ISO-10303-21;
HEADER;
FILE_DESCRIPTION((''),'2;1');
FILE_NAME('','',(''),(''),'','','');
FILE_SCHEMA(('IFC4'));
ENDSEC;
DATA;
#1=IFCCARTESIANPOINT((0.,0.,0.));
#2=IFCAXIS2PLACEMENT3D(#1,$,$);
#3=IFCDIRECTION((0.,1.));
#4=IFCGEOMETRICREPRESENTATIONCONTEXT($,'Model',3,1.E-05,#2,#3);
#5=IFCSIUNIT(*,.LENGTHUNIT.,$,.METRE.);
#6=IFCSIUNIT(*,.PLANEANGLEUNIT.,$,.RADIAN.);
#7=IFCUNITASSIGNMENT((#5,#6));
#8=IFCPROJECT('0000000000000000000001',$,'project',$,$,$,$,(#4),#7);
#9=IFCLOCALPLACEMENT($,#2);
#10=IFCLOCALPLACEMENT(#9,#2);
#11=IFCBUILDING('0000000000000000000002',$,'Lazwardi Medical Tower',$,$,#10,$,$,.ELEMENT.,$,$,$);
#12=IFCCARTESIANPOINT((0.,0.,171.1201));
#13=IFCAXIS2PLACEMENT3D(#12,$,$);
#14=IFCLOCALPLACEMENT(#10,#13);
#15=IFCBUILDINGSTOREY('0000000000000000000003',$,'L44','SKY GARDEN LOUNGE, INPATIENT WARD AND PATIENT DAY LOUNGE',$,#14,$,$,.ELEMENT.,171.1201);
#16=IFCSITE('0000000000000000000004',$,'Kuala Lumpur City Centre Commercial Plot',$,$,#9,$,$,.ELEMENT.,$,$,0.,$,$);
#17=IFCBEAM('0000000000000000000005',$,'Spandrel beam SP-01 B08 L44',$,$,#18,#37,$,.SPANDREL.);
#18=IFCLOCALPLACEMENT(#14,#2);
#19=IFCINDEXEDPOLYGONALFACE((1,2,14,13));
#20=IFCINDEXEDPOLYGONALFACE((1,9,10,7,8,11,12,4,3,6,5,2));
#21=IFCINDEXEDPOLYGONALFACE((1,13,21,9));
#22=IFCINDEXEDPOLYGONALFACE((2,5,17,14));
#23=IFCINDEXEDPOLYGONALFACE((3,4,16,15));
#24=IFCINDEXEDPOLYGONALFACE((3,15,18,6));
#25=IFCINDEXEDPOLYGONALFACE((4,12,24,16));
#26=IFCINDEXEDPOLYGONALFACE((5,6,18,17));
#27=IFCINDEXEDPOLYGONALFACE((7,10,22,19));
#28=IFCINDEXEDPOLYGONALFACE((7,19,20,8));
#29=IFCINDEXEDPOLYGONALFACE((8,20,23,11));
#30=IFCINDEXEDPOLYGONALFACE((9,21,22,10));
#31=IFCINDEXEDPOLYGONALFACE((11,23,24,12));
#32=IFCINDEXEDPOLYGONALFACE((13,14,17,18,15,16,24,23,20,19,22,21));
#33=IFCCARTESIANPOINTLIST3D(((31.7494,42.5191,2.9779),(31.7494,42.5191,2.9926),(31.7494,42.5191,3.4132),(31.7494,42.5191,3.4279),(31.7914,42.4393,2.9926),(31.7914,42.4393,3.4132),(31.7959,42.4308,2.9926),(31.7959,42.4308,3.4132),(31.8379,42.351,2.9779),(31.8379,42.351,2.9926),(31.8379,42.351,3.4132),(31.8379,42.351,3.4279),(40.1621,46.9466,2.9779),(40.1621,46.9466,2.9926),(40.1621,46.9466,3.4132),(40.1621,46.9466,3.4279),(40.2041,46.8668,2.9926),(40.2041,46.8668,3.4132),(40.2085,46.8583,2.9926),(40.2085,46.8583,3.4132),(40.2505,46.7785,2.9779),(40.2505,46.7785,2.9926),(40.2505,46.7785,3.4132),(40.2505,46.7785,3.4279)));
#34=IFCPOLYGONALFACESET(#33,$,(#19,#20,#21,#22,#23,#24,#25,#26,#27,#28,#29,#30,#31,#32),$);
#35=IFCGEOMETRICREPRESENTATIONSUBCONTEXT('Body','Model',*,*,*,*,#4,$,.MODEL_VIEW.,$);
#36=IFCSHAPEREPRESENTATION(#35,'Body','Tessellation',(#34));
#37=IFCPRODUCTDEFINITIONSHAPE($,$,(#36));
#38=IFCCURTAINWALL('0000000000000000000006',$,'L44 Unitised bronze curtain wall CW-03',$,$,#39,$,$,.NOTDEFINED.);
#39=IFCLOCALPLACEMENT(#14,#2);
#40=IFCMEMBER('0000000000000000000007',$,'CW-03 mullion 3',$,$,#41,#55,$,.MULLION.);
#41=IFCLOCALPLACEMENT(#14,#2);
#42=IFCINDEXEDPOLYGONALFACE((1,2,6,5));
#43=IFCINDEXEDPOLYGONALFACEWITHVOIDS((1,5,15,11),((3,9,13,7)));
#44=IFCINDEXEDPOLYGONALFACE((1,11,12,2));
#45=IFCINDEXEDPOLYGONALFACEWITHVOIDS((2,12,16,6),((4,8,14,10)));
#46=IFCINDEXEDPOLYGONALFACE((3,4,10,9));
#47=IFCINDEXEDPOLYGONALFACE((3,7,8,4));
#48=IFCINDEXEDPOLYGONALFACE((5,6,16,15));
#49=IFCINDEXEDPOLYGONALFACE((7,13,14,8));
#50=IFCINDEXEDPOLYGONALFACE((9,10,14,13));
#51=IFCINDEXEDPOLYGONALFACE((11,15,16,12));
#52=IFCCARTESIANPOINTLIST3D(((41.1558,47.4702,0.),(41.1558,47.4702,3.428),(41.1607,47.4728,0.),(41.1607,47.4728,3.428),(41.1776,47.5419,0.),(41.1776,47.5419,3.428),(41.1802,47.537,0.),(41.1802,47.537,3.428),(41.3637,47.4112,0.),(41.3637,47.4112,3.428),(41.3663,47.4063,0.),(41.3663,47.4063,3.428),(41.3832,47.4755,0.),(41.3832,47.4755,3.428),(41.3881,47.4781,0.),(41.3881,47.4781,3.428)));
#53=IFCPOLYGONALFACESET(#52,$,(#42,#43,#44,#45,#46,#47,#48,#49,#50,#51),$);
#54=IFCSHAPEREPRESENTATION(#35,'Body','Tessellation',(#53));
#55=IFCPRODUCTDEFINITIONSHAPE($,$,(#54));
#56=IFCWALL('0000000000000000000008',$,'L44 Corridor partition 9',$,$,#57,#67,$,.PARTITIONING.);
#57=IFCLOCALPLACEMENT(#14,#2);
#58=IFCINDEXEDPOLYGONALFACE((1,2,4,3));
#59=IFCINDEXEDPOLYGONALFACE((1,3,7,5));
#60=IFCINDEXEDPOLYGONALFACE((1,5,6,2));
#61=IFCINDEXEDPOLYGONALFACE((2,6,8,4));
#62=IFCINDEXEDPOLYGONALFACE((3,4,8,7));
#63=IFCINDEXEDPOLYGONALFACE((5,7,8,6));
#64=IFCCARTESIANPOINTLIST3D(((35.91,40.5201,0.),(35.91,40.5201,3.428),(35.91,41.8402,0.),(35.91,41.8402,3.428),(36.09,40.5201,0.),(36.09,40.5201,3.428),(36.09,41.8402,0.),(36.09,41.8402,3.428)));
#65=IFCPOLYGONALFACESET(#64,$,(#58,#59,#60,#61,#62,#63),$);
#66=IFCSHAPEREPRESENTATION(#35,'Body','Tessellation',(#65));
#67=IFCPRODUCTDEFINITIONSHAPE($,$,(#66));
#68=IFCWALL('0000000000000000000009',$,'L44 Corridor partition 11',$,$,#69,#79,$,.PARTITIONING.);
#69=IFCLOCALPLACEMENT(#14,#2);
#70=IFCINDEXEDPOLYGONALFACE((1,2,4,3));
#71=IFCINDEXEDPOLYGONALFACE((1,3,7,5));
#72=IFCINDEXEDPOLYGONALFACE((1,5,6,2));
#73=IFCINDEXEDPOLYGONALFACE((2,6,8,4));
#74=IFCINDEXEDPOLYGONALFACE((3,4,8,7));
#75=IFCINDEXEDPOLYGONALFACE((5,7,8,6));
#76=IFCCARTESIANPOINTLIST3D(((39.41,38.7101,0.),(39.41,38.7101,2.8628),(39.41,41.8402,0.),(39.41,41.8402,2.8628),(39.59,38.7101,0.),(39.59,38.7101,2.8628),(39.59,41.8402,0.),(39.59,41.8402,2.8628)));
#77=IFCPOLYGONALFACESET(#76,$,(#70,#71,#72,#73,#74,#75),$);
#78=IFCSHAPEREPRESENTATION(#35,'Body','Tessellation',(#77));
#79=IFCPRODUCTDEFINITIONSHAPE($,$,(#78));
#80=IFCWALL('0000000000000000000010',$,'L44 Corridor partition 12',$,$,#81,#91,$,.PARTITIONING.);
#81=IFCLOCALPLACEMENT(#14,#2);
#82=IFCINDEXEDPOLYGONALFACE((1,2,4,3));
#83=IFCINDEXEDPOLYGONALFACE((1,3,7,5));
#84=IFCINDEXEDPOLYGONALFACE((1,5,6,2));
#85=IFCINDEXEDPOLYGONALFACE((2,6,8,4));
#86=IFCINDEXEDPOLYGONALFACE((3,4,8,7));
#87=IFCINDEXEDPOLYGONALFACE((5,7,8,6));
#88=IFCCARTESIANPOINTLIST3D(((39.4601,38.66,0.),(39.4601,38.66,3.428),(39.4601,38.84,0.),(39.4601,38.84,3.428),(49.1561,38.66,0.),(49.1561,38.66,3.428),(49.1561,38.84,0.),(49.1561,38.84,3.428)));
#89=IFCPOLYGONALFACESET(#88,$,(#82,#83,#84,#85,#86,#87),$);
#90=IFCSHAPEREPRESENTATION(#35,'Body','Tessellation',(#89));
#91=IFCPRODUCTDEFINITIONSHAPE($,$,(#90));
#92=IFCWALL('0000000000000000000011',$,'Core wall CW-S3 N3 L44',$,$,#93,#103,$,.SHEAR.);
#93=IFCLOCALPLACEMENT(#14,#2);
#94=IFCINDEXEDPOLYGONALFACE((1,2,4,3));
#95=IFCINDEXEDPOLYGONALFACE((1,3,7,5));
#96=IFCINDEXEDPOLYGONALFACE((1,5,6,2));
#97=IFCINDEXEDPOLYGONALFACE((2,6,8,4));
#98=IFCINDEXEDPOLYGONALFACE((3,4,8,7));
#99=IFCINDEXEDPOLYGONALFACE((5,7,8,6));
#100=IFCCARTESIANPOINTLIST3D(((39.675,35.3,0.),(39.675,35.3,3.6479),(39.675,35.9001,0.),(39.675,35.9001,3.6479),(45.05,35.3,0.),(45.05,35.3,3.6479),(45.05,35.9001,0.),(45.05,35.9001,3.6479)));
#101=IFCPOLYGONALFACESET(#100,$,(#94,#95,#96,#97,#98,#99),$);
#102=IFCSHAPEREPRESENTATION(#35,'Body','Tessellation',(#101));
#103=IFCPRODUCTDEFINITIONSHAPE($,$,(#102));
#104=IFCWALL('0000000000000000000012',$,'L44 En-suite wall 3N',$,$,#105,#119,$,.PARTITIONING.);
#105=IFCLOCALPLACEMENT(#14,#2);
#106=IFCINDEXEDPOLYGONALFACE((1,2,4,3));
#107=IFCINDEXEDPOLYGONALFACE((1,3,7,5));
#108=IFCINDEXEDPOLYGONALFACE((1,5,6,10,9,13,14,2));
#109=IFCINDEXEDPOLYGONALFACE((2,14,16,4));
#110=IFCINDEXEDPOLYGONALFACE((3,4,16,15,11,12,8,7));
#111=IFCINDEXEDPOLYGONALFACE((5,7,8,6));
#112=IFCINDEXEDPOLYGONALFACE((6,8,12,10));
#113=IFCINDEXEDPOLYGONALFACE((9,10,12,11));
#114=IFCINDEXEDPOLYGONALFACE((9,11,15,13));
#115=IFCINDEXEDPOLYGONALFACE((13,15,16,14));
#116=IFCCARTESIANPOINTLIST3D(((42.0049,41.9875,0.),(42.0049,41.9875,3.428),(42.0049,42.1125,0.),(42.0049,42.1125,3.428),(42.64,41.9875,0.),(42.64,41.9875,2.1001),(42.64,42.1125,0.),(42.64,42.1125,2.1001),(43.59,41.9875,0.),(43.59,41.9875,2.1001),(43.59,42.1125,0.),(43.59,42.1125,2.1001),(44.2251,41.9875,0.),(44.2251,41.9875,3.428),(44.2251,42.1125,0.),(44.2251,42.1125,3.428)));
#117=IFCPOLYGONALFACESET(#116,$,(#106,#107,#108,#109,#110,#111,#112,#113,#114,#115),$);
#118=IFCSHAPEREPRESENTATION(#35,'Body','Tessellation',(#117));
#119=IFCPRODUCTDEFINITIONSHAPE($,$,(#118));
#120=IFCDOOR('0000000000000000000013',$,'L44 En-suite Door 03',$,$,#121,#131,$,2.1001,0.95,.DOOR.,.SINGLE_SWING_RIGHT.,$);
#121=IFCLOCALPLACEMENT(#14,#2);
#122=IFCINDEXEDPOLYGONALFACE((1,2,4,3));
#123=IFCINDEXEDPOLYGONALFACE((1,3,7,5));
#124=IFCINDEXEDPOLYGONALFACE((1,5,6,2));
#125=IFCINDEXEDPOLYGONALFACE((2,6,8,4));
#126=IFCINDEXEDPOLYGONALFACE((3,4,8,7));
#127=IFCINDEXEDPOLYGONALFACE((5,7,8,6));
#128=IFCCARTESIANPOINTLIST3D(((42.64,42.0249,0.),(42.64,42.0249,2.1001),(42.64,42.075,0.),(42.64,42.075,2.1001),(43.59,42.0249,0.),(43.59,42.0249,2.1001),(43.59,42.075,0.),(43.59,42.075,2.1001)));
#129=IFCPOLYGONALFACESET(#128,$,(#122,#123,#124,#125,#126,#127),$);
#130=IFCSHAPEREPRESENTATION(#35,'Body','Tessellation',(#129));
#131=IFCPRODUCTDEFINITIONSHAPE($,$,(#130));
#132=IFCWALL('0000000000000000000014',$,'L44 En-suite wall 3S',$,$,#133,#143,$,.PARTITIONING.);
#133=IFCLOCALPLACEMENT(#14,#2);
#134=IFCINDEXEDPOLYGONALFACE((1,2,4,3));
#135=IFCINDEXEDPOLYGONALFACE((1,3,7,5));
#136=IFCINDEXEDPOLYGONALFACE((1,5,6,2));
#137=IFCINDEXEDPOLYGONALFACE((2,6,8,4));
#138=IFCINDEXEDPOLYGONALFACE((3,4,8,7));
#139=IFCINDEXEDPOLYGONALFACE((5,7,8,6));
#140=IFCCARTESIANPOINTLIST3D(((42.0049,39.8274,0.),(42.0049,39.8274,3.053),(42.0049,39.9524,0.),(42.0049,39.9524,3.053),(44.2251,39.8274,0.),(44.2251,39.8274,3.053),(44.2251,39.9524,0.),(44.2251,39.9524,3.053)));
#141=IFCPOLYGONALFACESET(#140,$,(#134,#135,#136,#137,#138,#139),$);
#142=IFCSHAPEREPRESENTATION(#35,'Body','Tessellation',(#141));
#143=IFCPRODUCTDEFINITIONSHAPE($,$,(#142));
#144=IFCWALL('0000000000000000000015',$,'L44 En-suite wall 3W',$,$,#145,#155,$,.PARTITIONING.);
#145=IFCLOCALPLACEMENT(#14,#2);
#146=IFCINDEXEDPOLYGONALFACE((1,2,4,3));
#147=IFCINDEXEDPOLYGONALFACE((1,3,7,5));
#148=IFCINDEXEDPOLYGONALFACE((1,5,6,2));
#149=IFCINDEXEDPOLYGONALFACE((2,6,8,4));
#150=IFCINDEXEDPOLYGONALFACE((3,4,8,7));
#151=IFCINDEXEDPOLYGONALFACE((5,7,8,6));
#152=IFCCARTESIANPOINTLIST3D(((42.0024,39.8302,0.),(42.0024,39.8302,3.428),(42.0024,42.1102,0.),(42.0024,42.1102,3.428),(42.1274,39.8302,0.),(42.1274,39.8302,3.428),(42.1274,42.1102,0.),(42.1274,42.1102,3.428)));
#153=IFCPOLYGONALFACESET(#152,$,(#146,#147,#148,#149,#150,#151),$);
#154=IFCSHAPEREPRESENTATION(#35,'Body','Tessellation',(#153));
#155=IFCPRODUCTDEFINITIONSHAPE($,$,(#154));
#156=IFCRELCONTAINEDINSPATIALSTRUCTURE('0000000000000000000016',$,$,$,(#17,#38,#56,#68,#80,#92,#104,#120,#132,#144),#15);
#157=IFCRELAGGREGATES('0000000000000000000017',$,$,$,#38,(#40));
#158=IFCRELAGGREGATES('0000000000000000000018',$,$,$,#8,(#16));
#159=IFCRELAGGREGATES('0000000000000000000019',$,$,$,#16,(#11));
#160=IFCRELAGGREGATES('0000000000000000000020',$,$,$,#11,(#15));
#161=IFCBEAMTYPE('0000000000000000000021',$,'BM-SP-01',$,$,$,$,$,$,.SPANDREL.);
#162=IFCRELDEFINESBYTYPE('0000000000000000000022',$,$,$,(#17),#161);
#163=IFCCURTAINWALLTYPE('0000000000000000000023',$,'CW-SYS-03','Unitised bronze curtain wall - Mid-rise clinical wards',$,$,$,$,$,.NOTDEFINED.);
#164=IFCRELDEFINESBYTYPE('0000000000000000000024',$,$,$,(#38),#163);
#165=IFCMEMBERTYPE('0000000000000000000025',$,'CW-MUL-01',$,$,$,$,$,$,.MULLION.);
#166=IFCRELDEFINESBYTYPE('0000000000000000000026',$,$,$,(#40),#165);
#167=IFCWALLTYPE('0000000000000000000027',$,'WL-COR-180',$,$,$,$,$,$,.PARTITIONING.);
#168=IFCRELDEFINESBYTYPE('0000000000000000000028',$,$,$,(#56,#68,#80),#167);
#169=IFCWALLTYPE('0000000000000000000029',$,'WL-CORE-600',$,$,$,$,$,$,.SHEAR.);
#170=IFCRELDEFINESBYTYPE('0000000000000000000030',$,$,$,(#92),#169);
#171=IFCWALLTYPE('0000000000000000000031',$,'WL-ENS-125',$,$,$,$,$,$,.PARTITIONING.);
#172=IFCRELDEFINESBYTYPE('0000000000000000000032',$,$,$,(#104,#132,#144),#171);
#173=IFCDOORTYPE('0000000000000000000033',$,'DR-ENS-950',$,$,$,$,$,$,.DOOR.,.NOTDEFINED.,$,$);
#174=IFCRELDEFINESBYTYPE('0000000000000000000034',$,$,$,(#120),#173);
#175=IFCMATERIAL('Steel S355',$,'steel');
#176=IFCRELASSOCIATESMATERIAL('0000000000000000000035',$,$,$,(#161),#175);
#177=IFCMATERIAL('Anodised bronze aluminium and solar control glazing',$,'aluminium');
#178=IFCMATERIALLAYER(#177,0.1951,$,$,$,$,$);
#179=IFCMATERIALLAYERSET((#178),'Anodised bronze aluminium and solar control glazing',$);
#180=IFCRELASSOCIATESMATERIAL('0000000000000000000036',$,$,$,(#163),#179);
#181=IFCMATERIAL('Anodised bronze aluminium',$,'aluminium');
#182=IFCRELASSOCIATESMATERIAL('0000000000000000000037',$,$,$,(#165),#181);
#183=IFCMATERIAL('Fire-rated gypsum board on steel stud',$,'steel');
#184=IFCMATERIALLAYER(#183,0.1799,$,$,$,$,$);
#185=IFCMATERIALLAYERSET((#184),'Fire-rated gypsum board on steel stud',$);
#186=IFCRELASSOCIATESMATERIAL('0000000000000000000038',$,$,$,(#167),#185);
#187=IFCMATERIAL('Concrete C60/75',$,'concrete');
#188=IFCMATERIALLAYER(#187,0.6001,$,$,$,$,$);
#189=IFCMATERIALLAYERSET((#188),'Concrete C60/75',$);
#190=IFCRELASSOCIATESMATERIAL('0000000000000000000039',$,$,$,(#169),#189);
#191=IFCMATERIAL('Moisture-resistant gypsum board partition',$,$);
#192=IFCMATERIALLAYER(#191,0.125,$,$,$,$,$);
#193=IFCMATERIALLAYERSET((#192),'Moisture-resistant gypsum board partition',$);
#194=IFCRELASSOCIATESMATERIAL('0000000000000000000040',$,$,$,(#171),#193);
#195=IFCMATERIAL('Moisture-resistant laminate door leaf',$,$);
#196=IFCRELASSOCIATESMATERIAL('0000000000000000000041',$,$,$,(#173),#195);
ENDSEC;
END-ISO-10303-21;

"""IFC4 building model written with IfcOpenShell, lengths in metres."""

from ifc_helpers import new_model, si_unit, direction, frame, frame_2d, origin, origin_2d, place, context, subcontext, project, spatial, rectangle, hollow_rectangle, i_section, extrude, material, layer, layer_set, material_profile, profile_set, type_object, element, fill, aggregate, save


model = new_model("IFC4")

# Units and contexts
model_context = context("Model", 3, precision=1e-05, world=origin(), true_north=direction((0.0, 1.0)))
body_context = subcontext(model_context, "Body", "Model", "MODEL_VIEW")
ifc_project = project(units=[si_unit("LENGTHUNIT", "METRE"), si_unit("PLANEANGLEUNIT", "RADIAN")], contexts=[model_context])

# Site, building, storey
site_placement = place(None, origin())
site = spatial("IfcSite", under=ifc_project, at=site_placement, Name="Kuala Lumpur City Centre Commercial Plot", CompositionType="ELEMENT", RefElevation=0.0)
building_placement = place(site_placement, origin())
building = spatial("IfcBuilding", under=site, at=building_placement, Name="Lazwardi Medical Tower", CompositionType="ELEMENT")
storey_placement = place(building_placement, frame((0.0, 0.0, 171.1201)))
storey = spatial("IfcBuildingStorey", under=building, at=storey_placement, Name="L44", Description="SKY GARDEN LOUNGE, INPATIENT WARD AND PATIENT DAY LOUNGE", CompositionType="ELEMENT", Elevation=171.1201)

# Shared definitions
ifc_material_1 = material(Name="Concrete C60/75", Category="concrete")

# Beam
ifc_material_2 = material(Name="Steel S355", Category="steel")
ifc_material_profile_1 = material_profile(ifc_material_2, i_section(OverallWidth=0.1899, OverallDepth=0.45, WebThickness=0.0095, FlangeThickness=0.0146, at=origin_2d()), Name="IPE 450")
ifc_profile_set_1 = profile_set([ifc_material_profile_1], Name="Steel S355")
beam_type_1 = type_object("IfcBeamType", Name="BM-SP-01", PredefinedType="SPANDREL", material=ifc_profile_set_1)
beam_1_placement = place(storey_placement, frame((40.2063, 46.8625, 3.2029), z_axis=(-0.884927, -0.465731, 0.0), x_axis=(0.465731, -0.884927, 0.0)))
element("IfcBeam", 1, at=beam_1_placement, inside=storey, type_object=beam_type_1, Name="Spandrel beam SP-01 B08 L44", PredefinedType="SPANDREL", context=body_context, shape_type="SweptSolid", body=[
    extrude(i_section(OverallWidth=0.1899, OverallDepth=0.45, WebThickness=0.0095, FlangeThickness=0.0146, at=origin_2d()), origin(), (0.0, 0.0, 1.0), 9.5066),
])

# Curtain wall, member
ifc_material_3 = material(Name="Anodised bronze aluminium and solar control glazing", Category="aluminium")
ifc_layer_1 = layer(ifc_material_3, 0.1951)
ifc_layer_set_1 = layer_set([ifc_layer_1], Name="Anodised bronze aluminium and solar control glazing")
curtain_wall_type = type_object("IfcCurtainWallType", Name="CW-SYS-03", Description="Unitised bronze curtain wall - Mid-rise clinical wards", PredefinedType="NOTDEFINED", material=ifc_layer_set_1)
curtain_wall_placement = place(storey_placement, origin())
curtain_wall = element("IfcCurtainWall", 2, at=curtain_wall_placement, inside=storey, type_object=curtain_wall_type, Name="L44 Unitised bronze curtain wall CW-03", PredefinedType="NOTDEFINED")
ifc_material_4 = material(Name="Anodised bronze aluminium", Category="aluminium")
ifc_material_profile_2 = material_profile(ifc_material_4, hollow_rectangle(XDim=0.075, YDim=0.22, WallThickness=0.0039, at=origin_2d()), Name="ALU-MULLION 220x75x4")
ifc_profile_set_2 = profile_set([ifc_material_profile_2], Name="Anodised bronze aluminium")
member_type = type_object("IfcMemberType", Name="CW-MUL-01", PredefinedType="MULLION", material=ifc_profile_set_2)
member_placement = place(storey_placement, frame((41.272, 47.4741, 0.0), z_axis=(0.0, 0.0, 1.0), x_axis=(-0.290281, -0.956942, 0.0)))
member = element("IfcMember", 3, at=member_placement, type_object=member_type, Name="CW-03 mullion 3", PredefinedType="MULLION", context=body_context, shape_type="SweptSolid", body=[
    extrude(hollow_rectangle(XDim=0.075, YDim=0.22, WallThickness=0.0039, at=origin_2d()), origin(), (0.0, 0.0, 1.0), 3.428),
])
aggregate(curtain_wall, [member])

# Walls
ifc_material_5 = material(Name="Fire-rated gypsum board on steel stud", Category="steel")
ifc_layer_2 = layer(ifc_material_5, 0.1799)
ifc_layer_set_2 = layer_set([ifc_layer_2], Name="Fire-rated gypsum board on steel stud")
wall_type_1 = type_object("IfcWallType", Name="WL-COR-180", PredefinedType="PARTITIONING", material=ifc_layer_set_2)
wall_1_placement = place(storey_placement, frame((36.0, 40.52, 0.0), z_axis=(0.0, 0.0, 1.0), x_axis=(0.0, 1.0, 0.0)))
element("IfcWall", 4, at=wall_1_placement, inside=storey, type_object=wall_type_1, Name="L44 Corridor partition 9", PredefinedType="PARTITIONING", context=body_context, shape_type="SweptSolid", body=[
    extrude(rectangle(XDim=1.3201, YDim=0.1799, at=frame_2d((0.6602, 0.0))), origin(), (0.0, 0.0, 1.0), 3.428),
])
wall_2_placement = place(storey_placement, frame((39.5, 41.8401, 0.0), z_axis=(0.0, 0.0, 1.0), x_axis=(0.0, -1.0, 0.0)))
element("IfcWall", 5, at=wall_2_placement, inside=storey, type_object=wall_type_1, Name="L44 Corridor partition 11", PredefinedType="PARTITIONING", context=body_context, shape_type="SweptSolid", body=[
    extrude(rectangle(XDim=3.1301, YDim=0.1799, at=frame_2d((1.5649, 0.0))), origin(), (0.0, 0.0, 1.0), 2.8628),
])
wall_3_placement = place(storey_placement, frame((39.46, 38.75, 0.0), z_axis=(0.0, 0.0, 1.0), x_axis=(1.0, 0.0, 0.0)))
element("IfcWall", 6, at=wall_3_placement, inside=storey, type_object=wall_type_1, Name="L44 Corridor partition 12", PredefinedType="PARTITIONING", context=body_context, shape_type="SweptSolid", body=[
    extrude(rectangle(XDim=9.696, YDim=0.1799, at=frame_2d((4.8481, 0.0))), origin(), (0.0, 0.0, 1.0), 3.428),
])
ifc_layer_3 = layer(ifc_material_1, 0.6001)
ifc_layer_set_3 = layer_set([ifc_layer_3], Name="Concrete C60/75")
wall_type_2 = type_object("IfcWallType", Name="WL-CORE-600", PredefinedType="SHEAR", material=ifc_layer_set_3)
wall_4_placement = place(storey_placement, frame((39.675, 35.6001, 0.0), z_axis=(0.0, 0.0, 1.0), x_axis=(1.0, 0.0, 0.0)))
element("IfcWall", 7, at=wall_4_placement, inside=storey, type_object=wall_type_2, Name="Core wall CW-S3 N3 L44", PredefinedType="SHEAR", context=body_context, shape_type="SweptSolid", body=[
    extrude(rectangle(XDim=5.375, YDim=0.6001, at=frame_2d((2.6875, 0.0))), origin(), (0.0, 0.0, 1.0), 3.6479),
])

# Wall, opening, door
ifc_material_6 = material(Name="Moisture-resistant gypsum board partition")
ifc_layer_4 = layer(ifc_material_6, 0.125)
ifc_layer_set_4 = layer_set([ifc_layer_4], Name="Moisture-resistant gypsum board partition")
wall_type_3 = type_object("IfcWallType", Name="WL-ENS-125", PredefinedType="PARTITIONING", material=ifc_layer_set_4)
wall_5_placement = place(storey_placement, frame((42.0049, 42.05, 0.0), z_axis=(0.0, 0.0, 1.0), x_axis=(1.0, 0.0, 0.0)))
wall_5 = element("IfcWall", 8, at=wall_5_placement, inside=storey, type_object=wall_type_3, Name="L44 En-suite wall 3N", PredefinedType="PARTITIONING", context=body_context, shape_type="SweptSolid", body=[
    extrude(rectangle(XDim=2.2202, YDim=0.125, at=frame_2d((1.1101, 0.0))), origin(), (0.0, 0.0, 1.0), 3.428),
])
opening_1_placement = place(wall_5_placement, frame((0.635, 0.0, 0.0)))
opening_1 = element("IfcOpeningElement", 9, at=opening_1_placement, cuts=wall_5, PredefinedType="OPENING", context=body_context, shape_type="SweptSolid", body=[
    extrude(rectangle(XDim=0.95, YDim=2.1001, at=frame_2d((0.4751, 1.05))), frame((0.0, 0.0725, 0.0), z_axis=(0.0, -1.0, 0.0), x_axis=(1.0, 0.0, 0.0)), (0.0, 0.0, 1.0), 0.145),
])
ifc_material_7 = material(Name="Moisture-resistant laminate door leaf")
door_type = type_object("IfcDoorType", Name="DR-ENS-950", OperationType="NOTDEFINED", PredefinedType="DOOR", material=ifc_material_7)
door_placement = place(opening_1_placement, origin())
door = element("IfcDoor", 10, at=door_placement, inside=storey, type_object=door_type, Name="L44 En-suite Door 03", OperationType="SINGLE_SWING_RIGHT", OverallHeight=2.1001, OverallWidth=0.95, PredefinedType="DOOR", context=body_context, shape_type="SweptSolid", body=[
    extrude(rectangle(XDim=0.95, YDim=2.1001, at=frame_2d((0.4751, 1.05))), frame((0.0, 0.0249, 0.0), z_axis=(0.0, -1.0, 0.0), x_axis=(1.0, 0.0, 0.0)), (0.0, 0.0, 1.0), 0.05),
])
fill(opening_1, door)

# Walls
wall_6_placement = place(storey_placement, frame((42.0049, 39.8899, 0.0), z_axis=(0.0, 0.0, 1.0), x_axis=(1.0, 0.0, 0.0)))
element("IfcWall", 11, at=wall_6_placement, inside=storey, type_object=wall_type_3, Name="L44 En-suite wall 3S", PredefinedType="PARTITIONING", context=body_context, shape_type="SweptSolid", body=[
    extrude(rectangle(XDim=2.2202, YDim=0.125, at=frame_2d((1.1101, 0.0))), origin(), (0.0, 0.0, 1.0), 3.053),
])
wall_7_placement = place(storey_placement, frame((42.0649, 39.8301, 0.0), z_axis=(0.0, 0.0, 1.0), x_axis=(0.0, 1.0, 0.0)))
element("IfcWall", 12, at=wall_7_placement, inside=storey, type_object=wall_type_3, Name="L44 En-suite wall 3W", PredefinedType="PARTITIONING", context=body_context, shape_type="SweptSolid", body=[
    extrude(rectangle(XDim=2.28, YDim=0.125, at=frame_2d((1.1401, 0.0))), origin(), (0.0, 0.0, 1.0), 3.428),
])

save(model, "model.ifc")
